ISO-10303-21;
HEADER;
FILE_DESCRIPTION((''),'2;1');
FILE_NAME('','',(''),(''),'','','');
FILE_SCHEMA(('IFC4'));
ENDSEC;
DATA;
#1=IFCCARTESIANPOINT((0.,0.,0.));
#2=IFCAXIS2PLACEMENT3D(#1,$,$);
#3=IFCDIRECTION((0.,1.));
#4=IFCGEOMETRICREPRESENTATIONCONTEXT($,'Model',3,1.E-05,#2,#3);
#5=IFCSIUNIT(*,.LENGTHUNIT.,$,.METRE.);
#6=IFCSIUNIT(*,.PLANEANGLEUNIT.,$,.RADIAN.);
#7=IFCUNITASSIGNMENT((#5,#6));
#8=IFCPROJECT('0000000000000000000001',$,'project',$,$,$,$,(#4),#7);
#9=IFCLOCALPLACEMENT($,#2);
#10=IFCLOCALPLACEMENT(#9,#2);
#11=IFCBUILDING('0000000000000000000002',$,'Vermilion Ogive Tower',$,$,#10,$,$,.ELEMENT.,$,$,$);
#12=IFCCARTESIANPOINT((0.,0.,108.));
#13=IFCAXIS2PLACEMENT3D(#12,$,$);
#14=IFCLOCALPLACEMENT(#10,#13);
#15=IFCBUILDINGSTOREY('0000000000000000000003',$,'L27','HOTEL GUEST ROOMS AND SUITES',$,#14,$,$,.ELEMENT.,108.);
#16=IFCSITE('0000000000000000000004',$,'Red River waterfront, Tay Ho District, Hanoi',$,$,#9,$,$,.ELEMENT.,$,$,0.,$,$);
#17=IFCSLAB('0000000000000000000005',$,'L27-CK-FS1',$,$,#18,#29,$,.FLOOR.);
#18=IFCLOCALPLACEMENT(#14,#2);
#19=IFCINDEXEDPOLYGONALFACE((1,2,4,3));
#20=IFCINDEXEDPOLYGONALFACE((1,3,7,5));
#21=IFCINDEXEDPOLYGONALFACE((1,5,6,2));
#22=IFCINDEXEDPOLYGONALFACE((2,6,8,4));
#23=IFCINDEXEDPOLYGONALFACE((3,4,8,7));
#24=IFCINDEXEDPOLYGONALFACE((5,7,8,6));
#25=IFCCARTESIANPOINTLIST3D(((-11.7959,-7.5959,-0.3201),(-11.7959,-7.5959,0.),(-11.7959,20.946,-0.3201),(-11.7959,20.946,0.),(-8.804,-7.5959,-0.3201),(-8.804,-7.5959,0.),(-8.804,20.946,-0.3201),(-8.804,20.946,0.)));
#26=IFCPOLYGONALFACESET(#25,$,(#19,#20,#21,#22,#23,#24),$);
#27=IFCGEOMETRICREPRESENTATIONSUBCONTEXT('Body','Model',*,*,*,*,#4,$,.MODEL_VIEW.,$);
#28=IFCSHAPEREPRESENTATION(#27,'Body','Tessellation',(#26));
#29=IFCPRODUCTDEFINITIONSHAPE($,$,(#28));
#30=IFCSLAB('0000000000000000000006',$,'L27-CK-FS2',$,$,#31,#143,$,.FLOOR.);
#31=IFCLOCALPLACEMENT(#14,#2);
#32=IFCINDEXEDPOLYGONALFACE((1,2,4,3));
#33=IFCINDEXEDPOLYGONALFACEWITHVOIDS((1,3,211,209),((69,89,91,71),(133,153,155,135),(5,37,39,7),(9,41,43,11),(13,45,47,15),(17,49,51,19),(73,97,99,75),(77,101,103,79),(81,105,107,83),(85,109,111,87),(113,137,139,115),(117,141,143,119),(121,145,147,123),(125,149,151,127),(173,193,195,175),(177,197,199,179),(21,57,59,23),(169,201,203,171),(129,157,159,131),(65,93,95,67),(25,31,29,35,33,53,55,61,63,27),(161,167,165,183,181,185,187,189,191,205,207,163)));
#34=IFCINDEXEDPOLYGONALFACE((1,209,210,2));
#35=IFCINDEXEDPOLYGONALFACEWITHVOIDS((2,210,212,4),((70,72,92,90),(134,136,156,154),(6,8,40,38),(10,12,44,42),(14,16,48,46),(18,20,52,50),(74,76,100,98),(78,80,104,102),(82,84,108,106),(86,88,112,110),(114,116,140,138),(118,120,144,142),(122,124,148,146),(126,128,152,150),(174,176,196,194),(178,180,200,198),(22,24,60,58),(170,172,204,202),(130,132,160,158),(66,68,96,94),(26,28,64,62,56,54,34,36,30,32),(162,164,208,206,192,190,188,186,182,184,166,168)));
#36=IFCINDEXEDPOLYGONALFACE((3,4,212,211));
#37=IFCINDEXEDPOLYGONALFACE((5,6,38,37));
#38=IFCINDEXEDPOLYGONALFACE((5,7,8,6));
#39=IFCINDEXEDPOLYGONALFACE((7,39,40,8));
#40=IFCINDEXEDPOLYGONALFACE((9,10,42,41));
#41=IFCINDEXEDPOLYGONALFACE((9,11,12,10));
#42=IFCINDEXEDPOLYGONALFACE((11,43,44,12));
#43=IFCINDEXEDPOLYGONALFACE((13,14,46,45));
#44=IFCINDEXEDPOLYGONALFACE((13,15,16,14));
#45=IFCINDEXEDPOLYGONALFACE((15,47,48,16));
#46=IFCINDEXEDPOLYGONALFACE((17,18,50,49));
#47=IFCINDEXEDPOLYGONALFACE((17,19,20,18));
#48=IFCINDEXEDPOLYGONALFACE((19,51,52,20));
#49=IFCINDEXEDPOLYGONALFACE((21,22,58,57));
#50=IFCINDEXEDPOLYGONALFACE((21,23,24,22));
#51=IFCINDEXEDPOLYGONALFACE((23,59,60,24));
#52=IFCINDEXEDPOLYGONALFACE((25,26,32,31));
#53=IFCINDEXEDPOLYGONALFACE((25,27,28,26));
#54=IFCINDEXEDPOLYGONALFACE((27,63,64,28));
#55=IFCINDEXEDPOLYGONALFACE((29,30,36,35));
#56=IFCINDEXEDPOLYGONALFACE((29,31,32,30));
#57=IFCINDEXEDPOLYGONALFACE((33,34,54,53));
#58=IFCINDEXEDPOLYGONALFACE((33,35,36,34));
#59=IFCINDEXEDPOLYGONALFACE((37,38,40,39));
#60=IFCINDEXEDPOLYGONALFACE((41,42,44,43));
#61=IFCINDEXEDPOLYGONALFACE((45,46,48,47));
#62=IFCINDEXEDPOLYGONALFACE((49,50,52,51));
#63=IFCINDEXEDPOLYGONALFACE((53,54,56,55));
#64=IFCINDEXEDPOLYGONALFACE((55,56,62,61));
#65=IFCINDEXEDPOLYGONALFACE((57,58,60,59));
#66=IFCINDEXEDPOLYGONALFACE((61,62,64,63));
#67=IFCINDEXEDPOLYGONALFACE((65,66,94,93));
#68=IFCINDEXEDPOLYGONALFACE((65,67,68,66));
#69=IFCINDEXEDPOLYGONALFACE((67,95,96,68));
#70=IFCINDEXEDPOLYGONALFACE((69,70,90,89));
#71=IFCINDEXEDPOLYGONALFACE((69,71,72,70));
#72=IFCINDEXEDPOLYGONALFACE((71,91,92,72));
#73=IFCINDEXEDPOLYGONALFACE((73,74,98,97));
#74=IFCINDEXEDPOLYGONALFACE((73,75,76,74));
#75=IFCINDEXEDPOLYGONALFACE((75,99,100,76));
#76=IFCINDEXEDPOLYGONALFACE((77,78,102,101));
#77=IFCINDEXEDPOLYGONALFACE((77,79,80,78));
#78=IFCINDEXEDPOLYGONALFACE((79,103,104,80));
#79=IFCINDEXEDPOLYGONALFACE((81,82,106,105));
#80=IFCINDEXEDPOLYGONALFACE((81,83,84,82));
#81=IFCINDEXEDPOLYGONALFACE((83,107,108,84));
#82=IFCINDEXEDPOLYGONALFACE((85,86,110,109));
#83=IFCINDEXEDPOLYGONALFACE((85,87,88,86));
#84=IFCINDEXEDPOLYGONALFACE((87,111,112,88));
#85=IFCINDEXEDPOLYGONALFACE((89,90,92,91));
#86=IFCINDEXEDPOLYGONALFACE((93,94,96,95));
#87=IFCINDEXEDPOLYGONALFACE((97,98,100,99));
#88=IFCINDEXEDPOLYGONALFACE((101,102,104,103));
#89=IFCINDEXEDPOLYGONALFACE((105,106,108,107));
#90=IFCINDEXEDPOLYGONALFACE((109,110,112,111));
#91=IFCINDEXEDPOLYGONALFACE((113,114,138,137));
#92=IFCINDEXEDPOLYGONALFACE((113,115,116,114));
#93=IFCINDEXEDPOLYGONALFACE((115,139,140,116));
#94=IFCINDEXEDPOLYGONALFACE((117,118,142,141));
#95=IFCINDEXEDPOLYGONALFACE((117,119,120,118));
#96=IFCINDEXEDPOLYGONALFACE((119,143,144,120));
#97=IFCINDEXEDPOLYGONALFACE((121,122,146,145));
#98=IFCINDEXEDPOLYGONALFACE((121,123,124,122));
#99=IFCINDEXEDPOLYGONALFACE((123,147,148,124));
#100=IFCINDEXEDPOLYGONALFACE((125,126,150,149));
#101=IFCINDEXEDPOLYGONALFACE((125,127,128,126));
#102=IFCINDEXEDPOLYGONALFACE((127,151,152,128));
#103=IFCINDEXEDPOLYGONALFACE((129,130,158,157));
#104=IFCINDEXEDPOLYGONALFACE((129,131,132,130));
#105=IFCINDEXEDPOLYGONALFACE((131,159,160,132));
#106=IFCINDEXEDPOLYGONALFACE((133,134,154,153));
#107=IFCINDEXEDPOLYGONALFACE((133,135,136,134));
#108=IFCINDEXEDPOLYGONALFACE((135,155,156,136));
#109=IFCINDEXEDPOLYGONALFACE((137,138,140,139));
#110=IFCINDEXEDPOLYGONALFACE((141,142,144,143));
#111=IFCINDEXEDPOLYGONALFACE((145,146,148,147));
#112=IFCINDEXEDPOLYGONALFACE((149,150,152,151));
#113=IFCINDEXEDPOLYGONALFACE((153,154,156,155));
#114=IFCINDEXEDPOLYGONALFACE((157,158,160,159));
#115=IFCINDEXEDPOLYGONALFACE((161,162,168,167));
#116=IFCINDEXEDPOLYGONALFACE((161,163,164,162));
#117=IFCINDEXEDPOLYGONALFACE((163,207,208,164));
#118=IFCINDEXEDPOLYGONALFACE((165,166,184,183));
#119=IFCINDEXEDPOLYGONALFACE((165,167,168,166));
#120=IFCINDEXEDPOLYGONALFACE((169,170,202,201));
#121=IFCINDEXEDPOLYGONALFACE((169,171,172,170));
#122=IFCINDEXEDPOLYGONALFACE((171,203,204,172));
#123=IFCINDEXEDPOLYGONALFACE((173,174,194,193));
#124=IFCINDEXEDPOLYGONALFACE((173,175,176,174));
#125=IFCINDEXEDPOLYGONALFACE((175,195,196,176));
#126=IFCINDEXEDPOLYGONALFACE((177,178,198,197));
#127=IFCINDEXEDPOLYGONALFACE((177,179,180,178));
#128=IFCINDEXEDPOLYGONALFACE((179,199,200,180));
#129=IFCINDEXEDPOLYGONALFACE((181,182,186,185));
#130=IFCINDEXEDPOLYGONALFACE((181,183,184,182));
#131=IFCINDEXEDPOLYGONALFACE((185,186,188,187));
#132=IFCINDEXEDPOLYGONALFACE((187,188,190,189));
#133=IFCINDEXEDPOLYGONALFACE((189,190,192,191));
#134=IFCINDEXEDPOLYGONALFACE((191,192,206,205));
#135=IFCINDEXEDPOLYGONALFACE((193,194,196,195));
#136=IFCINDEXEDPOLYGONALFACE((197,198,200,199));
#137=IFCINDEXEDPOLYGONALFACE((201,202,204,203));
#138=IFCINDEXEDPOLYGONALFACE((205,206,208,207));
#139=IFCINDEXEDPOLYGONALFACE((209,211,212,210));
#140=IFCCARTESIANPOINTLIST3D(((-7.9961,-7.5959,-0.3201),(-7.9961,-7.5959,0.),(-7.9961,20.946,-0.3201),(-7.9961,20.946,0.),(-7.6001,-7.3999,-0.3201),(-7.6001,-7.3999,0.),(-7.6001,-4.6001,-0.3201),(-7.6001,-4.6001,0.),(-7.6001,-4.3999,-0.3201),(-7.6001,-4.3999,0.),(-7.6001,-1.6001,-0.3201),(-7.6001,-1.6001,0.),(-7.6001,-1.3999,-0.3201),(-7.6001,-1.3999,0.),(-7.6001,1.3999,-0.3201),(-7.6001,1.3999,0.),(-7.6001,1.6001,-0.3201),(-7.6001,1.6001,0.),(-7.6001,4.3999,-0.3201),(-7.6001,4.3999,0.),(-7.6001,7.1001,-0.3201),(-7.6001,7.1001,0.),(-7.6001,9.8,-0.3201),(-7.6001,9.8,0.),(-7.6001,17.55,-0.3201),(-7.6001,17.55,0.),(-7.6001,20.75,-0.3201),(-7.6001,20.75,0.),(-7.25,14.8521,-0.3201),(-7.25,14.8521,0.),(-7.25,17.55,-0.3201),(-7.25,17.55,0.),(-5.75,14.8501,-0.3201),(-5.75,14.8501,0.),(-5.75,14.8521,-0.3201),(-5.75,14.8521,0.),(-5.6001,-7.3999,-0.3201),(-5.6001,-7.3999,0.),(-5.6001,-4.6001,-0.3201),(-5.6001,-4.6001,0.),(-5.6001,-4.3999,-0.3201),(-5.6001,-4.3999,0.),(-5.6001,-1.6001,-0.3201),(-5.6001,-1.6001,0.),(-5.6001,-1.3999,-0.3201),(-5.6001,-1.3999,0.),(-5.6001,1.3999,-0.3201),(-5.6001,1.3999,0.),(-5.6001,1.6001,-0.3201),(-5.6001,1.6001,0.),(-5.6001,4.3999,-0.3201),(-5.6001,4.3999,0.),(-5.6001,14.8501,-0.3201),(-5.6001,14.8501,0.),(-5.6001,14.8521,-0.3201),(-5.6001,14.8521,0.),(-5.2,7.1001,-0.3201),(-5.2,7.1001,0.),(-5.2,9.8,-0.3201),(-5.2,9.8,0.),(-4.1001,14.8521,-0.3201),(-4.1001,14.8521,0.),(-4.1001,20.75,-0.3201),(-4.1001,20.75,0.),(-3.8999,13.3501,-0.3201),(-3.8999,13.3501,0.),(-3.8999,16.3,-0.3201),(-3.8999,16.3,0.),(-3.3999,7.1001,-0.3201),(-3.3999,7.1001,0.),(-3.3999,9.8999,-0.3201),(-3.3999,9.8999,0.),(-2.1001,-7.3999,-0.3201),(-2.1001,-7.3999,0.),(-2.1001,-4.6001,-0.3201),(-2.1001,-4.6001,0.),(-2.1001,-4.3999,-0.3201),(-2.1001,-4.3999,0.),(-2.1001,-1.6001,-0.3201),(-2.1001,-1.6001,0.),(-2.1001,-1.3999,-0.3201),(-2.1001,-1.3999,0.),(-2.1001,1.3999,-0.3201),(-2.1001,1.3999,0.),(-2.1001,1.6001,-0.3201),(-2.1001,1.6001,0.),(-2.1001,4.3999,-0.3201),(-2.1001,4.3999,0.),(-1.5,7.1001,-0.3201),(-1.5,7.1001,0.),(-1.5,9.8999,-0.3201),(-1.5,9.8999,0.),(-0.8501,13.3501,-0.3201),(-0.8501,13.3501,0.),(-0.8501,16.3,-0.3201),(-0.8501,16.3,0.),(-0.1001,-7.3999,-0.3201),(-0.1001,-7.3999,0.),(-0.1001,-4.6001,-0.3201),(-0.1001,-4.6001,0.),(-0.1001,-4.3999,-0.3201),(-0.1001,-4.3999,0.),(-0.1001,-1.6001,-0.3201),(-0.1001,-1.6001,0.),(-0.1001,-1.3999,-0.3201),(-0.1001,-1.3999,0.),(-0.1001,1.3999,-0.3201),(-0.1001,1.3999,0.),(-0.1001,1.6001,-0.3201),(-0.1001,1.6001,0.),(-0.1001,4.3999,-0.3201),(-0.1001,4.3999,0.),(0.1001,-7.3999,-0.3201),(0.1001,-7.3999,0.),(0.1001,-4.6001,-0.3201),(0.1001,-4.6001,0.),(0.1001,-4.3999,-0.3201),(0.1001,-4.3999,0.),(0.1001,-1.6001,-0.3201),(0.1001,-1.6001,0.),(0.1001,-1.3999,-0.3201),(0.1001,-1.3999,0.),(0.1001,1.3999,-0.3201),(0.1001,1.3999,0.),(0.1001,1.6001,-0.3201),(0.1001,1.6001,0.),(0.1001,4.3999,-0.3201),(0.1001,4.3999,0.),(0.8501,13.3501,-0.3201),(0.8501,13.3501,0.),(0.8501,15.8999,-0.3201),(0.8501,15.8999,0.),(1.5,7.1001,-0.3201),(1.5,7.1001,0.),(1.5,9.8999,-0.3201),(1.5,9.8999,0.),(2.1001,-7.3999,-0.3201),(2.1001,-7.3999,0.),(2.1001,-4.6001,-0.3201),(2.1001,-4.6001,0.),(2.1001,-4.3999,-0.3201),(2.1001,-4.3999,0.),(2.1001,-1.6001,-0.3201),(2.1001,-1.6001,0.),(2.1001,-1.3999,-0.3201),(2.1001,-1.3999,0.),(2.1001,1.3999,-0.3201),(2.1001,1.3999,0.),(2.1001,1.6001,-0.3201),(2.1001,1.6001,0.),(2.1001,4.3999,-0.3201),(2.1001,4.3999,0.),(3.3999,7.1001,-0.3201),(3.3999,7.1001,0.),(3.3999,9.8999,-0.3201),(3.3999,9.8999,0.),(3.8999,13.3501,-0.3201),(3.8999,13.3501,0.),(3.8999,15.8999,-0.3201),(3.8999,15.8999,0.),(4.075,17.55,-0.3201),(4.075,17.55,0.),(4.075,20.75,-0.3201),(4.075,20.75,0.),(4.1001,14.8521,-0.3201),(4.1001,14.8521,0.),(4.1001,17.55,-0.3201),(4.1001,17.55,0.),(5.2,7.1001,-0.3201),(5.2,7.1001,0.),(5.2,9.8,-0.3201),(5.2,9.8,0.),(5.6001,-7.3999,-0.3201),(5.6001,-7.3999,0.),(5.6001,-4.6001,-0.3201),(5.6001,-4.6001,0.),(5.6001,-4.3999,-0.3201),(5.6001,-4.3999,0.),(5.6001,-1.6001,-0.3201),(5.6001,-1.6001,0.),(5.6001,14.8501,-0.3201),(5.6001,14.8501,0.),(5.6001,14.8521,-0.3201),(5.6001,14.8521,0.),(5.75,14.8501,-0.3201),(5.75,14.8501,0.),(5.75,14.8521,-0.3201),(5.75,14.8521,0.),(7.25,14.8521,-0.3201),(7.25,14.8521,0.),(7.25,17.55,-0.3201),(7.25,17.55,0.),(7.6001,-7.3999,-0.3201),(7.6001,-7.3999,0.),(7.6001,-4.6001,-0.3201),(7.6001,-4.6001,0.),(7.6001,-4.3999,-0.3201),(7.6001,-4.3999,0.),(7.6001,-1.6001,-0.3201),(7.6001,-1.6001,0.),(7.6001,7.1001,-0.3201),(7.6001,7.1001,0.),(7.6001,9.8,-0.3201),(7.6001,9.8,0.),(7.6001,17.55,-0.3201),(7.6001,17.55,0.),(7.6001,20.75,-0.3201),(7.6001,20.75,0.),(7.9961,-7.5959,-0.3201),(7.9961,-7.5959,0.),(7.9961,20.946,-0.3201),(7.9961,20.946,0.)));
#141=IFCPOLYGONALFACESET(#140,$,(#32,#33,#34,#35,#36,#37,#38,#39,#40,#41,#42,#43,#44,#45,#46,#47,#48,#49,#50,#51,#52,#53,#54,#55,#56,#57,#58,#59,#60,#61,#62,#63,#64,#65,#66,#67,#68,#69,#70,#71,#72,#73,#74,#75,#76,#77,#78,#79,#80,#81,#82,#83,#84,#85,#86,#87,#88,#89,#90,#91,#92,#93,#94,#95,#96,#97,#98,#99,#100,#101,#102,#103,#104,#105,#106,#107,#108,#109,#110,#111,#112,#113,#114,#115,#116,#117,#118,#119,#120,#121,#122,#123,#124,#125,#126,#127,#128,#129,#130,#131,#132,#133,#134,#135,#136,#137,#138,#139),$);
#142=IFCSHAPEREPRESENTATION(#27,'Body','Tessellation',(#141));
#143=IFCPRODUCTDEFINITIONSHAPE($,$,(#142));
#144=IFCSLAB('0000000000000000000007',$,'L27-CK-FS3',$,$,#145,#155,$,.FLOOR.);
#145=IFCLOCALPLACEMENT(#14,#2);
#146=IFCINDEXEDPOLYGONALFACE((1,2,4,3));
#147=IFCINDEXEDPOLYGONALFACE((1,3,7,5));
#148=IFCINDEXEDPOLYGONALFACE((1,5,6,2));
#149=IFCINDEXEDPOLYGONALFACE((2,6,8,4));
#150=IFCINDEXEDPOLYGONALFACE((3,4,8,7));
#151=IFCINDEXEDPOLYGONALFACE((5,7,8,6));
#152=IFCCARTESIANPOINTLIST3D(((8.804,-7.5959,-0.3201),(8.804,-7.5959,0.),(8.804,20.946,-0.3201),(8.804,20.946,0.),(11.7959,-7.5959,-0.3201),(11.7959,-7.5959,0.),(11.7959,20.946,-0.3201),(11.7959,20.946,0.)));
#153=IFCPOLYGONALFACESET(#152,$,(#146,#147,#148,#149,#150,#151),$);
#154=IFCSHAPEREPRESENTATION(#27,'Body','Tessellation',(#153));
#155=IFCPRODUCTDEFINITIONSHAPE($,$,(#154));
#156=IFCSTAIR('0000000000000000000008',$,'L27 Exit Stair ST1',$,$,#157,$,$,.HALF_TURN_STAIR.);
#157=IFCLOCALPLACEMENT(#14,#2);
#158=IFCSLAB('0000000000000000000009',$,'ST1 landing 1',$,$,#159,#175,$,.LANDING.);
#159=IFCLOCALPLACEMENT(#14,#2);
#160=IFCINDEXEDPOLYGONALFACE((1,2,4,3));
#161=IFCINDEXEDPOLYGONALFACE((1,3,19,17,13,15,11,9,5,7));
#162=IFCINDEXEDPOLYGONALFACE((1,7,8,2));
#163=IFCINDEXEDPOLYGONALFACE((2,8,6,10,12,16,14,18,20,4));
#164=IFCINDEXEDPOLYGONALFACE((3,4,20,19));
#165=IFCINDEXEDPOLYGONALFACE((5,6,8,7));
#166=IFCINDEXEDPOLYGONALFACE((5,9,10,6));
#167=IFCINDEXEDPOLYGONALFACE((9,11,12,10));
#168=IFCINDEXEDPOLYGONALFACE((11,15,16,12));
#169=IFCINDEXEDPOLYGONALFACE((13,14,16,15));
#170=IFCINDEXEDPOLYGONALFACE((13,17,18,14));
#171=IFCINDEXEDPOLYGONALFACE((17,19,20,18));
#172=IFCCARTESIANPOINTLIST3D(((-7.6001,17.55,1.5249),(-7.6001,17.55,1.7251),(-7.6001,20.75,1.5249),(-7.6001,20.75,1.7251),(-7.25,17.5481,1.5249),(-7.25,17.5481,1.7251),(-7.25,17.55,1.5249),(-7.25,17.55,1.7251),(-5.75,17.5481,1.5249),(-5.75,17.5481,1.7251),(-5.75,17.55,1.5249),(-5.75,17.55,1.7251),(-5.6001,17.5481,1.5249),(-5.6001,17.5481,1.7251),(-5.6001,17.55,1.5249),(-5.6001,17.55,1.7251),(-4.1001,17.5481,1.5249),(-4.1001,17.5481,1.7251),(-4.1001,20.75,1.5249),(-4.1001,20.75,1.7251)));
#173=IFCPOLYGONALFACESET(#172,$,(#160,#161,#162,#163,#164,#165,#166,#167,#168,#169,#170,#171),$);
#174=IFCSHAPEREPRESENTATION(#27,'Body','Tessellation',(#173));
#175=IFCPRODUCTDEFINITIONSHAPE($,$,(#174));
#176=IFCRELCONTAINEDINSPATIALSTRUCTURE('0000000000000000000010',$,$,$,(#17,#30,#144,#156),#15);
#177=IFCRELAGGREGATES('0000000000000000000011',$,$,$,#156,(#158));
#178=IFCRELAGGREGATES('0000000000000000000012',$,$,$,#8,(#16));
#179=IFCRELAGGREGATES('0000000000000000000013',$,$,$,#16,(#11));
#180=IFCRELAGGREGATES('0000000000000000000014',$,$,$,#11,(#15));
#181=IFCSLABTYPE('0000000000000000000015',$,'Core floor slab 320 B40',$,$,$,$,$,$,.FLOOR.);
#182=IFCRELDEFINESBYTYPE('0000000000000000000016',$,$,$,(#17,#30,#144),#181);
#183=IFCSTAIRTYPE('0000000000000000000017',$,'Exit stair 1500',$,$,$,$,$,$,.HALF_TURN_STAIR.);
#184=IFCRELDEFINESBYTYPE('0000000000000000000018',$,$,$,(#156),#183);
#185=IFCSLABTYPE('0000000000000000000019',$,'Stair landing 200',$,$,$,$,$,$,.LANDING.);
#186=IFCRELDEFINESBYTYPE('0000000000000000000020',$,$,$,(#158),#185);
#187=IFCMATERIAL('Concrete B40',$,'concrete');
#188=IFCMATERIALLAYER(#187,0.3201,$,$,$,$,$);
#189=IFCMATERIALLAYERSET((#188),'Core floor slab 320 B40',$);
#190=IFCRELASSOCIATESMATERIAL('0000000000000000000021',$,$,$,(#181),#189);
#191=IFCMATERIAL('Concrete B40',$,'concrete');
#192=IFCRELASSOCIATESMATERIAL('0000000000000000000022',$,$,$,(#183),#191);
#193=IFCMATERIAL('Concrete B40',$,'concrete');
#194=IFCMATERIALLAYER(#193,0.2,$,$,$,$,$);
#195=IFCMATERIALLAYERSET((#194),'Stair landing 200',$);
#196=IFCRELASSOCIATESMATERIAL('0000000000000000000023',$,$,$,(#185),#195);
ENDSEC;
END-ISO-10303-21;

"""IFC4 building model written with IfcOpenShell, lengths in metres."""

from ifc_helpers import new_model, si_unit, direction, frame, origin, place, context, subcontext, project, spatial, polyline, outline, extrude, material, layer, layer_set, type_object, element, aggregate, save


model = new_model("IFC4")

# Units and contexts
model_context = context("Model", 3, precision=1e-05, world=origin(), true_north=direction((0.0, 1.0)))
body_context = subcontext(model_context, "Body", "Model", "MODEL_VIEW")
ifc_project = project(units=[si_unit("LENGTHUNIT", "METRE"), si_unit("PLANEANGLEUNIT", "RADIAN")], contexts=[model_context])

# Site, building, storey
site_placement = place(None, origin())
site = spatial("IfcSite", under=ifc_project, at=site_placement, Name="Red River waterfront, Tay Ho District, Hanoi", CompositionType="ELEMENT", RefElevation=0.0)
building_placement = place(site_placement, origin())
building = spatial("IfcBuilding", under=site, at=building_placement, Name="Vermilion Ogive Tower", CompositionType="ELEMENT")
storey_placement = place(building_placement, frame((0.0, 0.0, 108.0)))
storey = spatial("IfcBuildingStorey", under=building, at=storey_placement, Name="L27", Description="HOTEL GUEST ROOMS AND SUITES", CompositionType="ELEMENT", Elevation=108.0)

# Slabs
ifc_material_1 = material(Name="Concrete B40", Category="concrete")
ifc_layer_1 = layer(ifc_material_1, 0.3201)
ifc_layer_set_1 = layer_set([ifc_layer_1], Name="Core floor slab 320 B40")
slab_type_1 = type_object("IfcSlabType", Name="Core floor slab 320 B40", PredefinedType="FLOOR", material=ifc_layer_set_1)
slab_1_placement = place(storey_placement, frame((0.0, 0.0, -0.3201)))
element("IfcSlab", 1, at=slab_1_placement, inside=storey, type_object=slab_type_1, Name="L27-CK-FS1", PredefinedType="FLOOR", context=body_context, shape_type="SweptSolid", body=[
    extrude(outline(polyline([(-8.804, 20.946), (-8.804, -7.5959), (-11.7959, -7.5959), (-11.7959, 20.946), (-8.804, 20.946)])), origin(), (0.0, 0.0, 1.0), 0.3201),
])
slab_2_placement = place(storey_placement, frame((0.0, 0.0, -0.3201)))
element("IfcSlab", 2, at=slab_2_placement, inside=storey, type_object=slab_type_1, Name="L27-CK-FS2", PredefinedType="FLOOR", context=body_context, shape_type="SweptSolid", body=[
    extrude(outline(polyline([(-7.9961, 20.946), (-7.9961, -7.5959), (7.9961, -7.5959), (7.9961, 20.946), (-7.9961, 20.946)]), holes=[polyline([(-7.6001, -4.6001), (-5.6001, -4.6001), (-5.6001, -7.3999), (-7.6001, -7.3999), (-7.6001, -4.6001)]), polyline([(-2.1001, -4.6001), (-0.1001, -4.6001), (-0.1001, -7.3999), (-2.1001, -7.3999), (-2.1001, -4.6001)]), polyline([(-7.6001, -4.3999), (-7.6001, -1.6001), (-5.6001, -1.6001), (-5.6001, -4.3999), (-7.6001, -4.3999)]), polyline([(-2.1001, -1.6001), (-0.1001, -1.6001), (-0.1001, -4.3999), (-2.1001, -4.3999), (-2.1001, -1.6001)]), polyline([(-7.6001, -1.3999), (-7.6001, 1.3999), (-5.6001, 1.3999), (-5.6001, -1.3999), (-7.6001, -1.3999)]), polyline([(-2.1001, 1.3999), (-0.1001, 1.3999), (-0.1001, -1.3999), (-2.1001, -1.3999), (-2.1001, 1.3999)]), polyline([(-7.6001, 4.3999), (-5.6001, 4.3999), (-5.6001, 1.6001), (-7.6001, 1.6001), (-7.6001, 4.3999)]), polyline([(-2.1001, 4.3999), (-0.1001, 4.3999), (-0.1001, 1.6001), (-2.1001, 1.6001), (-2.1001, 4.3999)]), polyline([(-7.6001, 9.8), (-5.2, 9.8), (-5.2, 7.1001), (-7.6001, 7.1001), (-7.6001, 9.8)]), polyline([(-3.3999, 9.8999), (-1.5, 9.8999), (-1.5, 7.1001), (-3.3999, 7.1001), (-3.3999, 9.8999)]), polyline([(-3.8999, 16.3), (-0.8501, 16.3), (-0.8501, 13.3501), (-3.8999, 13.3501), (-3.8999, 16.3)]), polyline([(-7.6001, 17.55), (-7.6001, 20.75), (-4.1001, 20.75), (-4.1001, 14.8521), (-5.6001, 14.8521), (-5.6001, 14.8501), (-5.75, 14.8501), (-5.75, 14.8521), (-7.25, 14.8521), (-7.25, 17.55), (-7.6001, 17.55)]), polyline([(0.1001, -4.6001), (2.1001, -4.6001), (2.1001, -7.3999), (0.1001, -7.3999), (0.1001, -4.6001)]), polyline([(5.6001, -4.6001), (7.6001, -4.6001), (7.6001, -7.3999), (5.6001, -7.3999), (5.6001, -4.6001)]), polyline([(0.1001, -1.6001), (2.1001, -1.6001), (2.1001, -4.3999), (0.1001, -4.3999), (0.1001, -1.6001)]), polyline([(5.6001, -1.6001), (7.6001, -1.6001), (7.6001, -4.3999), (5.6001, -4.3999), (5.6001, -1.6001)]), polyline([(0.1001, 1.3999), (2.1001, 1.3999), (2.1001, -1.3999), (0.1001, -1.3999), (0.1001, 1.3999)]), polyline([(0.1001, 4.3999), (2.1001, 4.3999), (2.1001, 1.6001), (0.1001, 1.6001), (0.1001, 4.3999)]), polyline([(5.2, 9.8), (7.6001, 9.8), (7.6001, 7.1001), (5.2, 7.1001), (5.2, 9.8)]), polyline([(1.5, 9.8999), (3.3999, 9.8999), (3.3999, 7.1001), (1.5, 7.1001), (1.5, 9.8999)]), polyline([(0.8501, 15.8999), (3.8999, 15.8999), (3.8999, 13.3501), (0.8501, 13.3501), (0.8501, 15.8999)]), polyline([(5.75, 14.8501), (5.6001, 14.8501), (5.6001, 14.8521), (4.1001, 14.8521), (4.1001, 17.55), (4.075, 17.55), (4.075, 20.75), (7.6001, 20.75), (7.6001, 17.55), (7.25, 17.55), (7.25, 14.8521), (5.75, 14.8521), (5.75, 14.8501)])]), origin(), (0.0, 0.0, 1.0), 0.3201),
])
slab_3_placement = place(storey_placement, frame((0.0, 0.0, -0.3201)))
element("IfcSlab", 3, at=slab_3_placement, inside=storey, type_object=slab_type_1, Name="L27-CK-FS3", PredefinedType="FLOOR", context=body_context, shape_type="SweptSolid", body=[
    extrude(outline(polyline([(11.7959, -7.5959), (8.804, -7.5959), (8.804, 20.946), (11.7959, 20.946), (11.7959, -7.5959)])), origin(), (0.0, 0.0, 1.0), 0.3201),
])

# Stair, slab
ifc_material_2 = material(Name="Concrete B40", Category="concrete")
stair_type = type_object("IfcStairType", Name="Exit stair 1500", PredefinedType="HALF_TURN_STAIR", material=ifc_material_2)
stair_1_placement = place(storey_placement, origin())
stair_1 = element("IfcStair", 4, at=stair_1_placement, inside=storey, type_object=stair_type, Name="L27 Exit Stair ST1", PredefinedType="HALF_TURN_STAIR")
ifc_material_3 = material(Name="Concrete B40", Category="concrete")
ifc_layer_2 = layer(ifc_material_3, 0.2)
ifc_layer_set_2 = layer_set([ifc_layer_2], Name="Stair landing 200")
slab_type_2 = type_object("IfcSlabType", Name="Stair landing 200", PredefinedType="LANDING", material=ifc_layer_set_2)
slab_4_placement = place(storey_placement, frame((0.0, 0.0, 1.5249)))
slab_4 = element("IfcSlab", 5, at=slab_4_placement, type_object=slab_type_2, Name="ST1 landing 1", PredefinedType="LANDING", context=body_context, shape_type="SweptSolid", body=[
    extrude(outline(polyline([(-7.6001, 17.55), (-7.25, 17.55), (-7.25, 17.5481), (-5.75, 17.5481), (-5.75, 17.55), (-5.6001, 17.55), (-5.6001, 17.5481), (-4.1001, 17.5481), (-4.1001, 20.75), (-7.6001, 20.75), (-7.6001, 17.55)])), origin(), (0.0, 0.0, 1.0), 0.2002),
])
aggregate(stair_1, [slab_4])

save(model, "model.ifc")
